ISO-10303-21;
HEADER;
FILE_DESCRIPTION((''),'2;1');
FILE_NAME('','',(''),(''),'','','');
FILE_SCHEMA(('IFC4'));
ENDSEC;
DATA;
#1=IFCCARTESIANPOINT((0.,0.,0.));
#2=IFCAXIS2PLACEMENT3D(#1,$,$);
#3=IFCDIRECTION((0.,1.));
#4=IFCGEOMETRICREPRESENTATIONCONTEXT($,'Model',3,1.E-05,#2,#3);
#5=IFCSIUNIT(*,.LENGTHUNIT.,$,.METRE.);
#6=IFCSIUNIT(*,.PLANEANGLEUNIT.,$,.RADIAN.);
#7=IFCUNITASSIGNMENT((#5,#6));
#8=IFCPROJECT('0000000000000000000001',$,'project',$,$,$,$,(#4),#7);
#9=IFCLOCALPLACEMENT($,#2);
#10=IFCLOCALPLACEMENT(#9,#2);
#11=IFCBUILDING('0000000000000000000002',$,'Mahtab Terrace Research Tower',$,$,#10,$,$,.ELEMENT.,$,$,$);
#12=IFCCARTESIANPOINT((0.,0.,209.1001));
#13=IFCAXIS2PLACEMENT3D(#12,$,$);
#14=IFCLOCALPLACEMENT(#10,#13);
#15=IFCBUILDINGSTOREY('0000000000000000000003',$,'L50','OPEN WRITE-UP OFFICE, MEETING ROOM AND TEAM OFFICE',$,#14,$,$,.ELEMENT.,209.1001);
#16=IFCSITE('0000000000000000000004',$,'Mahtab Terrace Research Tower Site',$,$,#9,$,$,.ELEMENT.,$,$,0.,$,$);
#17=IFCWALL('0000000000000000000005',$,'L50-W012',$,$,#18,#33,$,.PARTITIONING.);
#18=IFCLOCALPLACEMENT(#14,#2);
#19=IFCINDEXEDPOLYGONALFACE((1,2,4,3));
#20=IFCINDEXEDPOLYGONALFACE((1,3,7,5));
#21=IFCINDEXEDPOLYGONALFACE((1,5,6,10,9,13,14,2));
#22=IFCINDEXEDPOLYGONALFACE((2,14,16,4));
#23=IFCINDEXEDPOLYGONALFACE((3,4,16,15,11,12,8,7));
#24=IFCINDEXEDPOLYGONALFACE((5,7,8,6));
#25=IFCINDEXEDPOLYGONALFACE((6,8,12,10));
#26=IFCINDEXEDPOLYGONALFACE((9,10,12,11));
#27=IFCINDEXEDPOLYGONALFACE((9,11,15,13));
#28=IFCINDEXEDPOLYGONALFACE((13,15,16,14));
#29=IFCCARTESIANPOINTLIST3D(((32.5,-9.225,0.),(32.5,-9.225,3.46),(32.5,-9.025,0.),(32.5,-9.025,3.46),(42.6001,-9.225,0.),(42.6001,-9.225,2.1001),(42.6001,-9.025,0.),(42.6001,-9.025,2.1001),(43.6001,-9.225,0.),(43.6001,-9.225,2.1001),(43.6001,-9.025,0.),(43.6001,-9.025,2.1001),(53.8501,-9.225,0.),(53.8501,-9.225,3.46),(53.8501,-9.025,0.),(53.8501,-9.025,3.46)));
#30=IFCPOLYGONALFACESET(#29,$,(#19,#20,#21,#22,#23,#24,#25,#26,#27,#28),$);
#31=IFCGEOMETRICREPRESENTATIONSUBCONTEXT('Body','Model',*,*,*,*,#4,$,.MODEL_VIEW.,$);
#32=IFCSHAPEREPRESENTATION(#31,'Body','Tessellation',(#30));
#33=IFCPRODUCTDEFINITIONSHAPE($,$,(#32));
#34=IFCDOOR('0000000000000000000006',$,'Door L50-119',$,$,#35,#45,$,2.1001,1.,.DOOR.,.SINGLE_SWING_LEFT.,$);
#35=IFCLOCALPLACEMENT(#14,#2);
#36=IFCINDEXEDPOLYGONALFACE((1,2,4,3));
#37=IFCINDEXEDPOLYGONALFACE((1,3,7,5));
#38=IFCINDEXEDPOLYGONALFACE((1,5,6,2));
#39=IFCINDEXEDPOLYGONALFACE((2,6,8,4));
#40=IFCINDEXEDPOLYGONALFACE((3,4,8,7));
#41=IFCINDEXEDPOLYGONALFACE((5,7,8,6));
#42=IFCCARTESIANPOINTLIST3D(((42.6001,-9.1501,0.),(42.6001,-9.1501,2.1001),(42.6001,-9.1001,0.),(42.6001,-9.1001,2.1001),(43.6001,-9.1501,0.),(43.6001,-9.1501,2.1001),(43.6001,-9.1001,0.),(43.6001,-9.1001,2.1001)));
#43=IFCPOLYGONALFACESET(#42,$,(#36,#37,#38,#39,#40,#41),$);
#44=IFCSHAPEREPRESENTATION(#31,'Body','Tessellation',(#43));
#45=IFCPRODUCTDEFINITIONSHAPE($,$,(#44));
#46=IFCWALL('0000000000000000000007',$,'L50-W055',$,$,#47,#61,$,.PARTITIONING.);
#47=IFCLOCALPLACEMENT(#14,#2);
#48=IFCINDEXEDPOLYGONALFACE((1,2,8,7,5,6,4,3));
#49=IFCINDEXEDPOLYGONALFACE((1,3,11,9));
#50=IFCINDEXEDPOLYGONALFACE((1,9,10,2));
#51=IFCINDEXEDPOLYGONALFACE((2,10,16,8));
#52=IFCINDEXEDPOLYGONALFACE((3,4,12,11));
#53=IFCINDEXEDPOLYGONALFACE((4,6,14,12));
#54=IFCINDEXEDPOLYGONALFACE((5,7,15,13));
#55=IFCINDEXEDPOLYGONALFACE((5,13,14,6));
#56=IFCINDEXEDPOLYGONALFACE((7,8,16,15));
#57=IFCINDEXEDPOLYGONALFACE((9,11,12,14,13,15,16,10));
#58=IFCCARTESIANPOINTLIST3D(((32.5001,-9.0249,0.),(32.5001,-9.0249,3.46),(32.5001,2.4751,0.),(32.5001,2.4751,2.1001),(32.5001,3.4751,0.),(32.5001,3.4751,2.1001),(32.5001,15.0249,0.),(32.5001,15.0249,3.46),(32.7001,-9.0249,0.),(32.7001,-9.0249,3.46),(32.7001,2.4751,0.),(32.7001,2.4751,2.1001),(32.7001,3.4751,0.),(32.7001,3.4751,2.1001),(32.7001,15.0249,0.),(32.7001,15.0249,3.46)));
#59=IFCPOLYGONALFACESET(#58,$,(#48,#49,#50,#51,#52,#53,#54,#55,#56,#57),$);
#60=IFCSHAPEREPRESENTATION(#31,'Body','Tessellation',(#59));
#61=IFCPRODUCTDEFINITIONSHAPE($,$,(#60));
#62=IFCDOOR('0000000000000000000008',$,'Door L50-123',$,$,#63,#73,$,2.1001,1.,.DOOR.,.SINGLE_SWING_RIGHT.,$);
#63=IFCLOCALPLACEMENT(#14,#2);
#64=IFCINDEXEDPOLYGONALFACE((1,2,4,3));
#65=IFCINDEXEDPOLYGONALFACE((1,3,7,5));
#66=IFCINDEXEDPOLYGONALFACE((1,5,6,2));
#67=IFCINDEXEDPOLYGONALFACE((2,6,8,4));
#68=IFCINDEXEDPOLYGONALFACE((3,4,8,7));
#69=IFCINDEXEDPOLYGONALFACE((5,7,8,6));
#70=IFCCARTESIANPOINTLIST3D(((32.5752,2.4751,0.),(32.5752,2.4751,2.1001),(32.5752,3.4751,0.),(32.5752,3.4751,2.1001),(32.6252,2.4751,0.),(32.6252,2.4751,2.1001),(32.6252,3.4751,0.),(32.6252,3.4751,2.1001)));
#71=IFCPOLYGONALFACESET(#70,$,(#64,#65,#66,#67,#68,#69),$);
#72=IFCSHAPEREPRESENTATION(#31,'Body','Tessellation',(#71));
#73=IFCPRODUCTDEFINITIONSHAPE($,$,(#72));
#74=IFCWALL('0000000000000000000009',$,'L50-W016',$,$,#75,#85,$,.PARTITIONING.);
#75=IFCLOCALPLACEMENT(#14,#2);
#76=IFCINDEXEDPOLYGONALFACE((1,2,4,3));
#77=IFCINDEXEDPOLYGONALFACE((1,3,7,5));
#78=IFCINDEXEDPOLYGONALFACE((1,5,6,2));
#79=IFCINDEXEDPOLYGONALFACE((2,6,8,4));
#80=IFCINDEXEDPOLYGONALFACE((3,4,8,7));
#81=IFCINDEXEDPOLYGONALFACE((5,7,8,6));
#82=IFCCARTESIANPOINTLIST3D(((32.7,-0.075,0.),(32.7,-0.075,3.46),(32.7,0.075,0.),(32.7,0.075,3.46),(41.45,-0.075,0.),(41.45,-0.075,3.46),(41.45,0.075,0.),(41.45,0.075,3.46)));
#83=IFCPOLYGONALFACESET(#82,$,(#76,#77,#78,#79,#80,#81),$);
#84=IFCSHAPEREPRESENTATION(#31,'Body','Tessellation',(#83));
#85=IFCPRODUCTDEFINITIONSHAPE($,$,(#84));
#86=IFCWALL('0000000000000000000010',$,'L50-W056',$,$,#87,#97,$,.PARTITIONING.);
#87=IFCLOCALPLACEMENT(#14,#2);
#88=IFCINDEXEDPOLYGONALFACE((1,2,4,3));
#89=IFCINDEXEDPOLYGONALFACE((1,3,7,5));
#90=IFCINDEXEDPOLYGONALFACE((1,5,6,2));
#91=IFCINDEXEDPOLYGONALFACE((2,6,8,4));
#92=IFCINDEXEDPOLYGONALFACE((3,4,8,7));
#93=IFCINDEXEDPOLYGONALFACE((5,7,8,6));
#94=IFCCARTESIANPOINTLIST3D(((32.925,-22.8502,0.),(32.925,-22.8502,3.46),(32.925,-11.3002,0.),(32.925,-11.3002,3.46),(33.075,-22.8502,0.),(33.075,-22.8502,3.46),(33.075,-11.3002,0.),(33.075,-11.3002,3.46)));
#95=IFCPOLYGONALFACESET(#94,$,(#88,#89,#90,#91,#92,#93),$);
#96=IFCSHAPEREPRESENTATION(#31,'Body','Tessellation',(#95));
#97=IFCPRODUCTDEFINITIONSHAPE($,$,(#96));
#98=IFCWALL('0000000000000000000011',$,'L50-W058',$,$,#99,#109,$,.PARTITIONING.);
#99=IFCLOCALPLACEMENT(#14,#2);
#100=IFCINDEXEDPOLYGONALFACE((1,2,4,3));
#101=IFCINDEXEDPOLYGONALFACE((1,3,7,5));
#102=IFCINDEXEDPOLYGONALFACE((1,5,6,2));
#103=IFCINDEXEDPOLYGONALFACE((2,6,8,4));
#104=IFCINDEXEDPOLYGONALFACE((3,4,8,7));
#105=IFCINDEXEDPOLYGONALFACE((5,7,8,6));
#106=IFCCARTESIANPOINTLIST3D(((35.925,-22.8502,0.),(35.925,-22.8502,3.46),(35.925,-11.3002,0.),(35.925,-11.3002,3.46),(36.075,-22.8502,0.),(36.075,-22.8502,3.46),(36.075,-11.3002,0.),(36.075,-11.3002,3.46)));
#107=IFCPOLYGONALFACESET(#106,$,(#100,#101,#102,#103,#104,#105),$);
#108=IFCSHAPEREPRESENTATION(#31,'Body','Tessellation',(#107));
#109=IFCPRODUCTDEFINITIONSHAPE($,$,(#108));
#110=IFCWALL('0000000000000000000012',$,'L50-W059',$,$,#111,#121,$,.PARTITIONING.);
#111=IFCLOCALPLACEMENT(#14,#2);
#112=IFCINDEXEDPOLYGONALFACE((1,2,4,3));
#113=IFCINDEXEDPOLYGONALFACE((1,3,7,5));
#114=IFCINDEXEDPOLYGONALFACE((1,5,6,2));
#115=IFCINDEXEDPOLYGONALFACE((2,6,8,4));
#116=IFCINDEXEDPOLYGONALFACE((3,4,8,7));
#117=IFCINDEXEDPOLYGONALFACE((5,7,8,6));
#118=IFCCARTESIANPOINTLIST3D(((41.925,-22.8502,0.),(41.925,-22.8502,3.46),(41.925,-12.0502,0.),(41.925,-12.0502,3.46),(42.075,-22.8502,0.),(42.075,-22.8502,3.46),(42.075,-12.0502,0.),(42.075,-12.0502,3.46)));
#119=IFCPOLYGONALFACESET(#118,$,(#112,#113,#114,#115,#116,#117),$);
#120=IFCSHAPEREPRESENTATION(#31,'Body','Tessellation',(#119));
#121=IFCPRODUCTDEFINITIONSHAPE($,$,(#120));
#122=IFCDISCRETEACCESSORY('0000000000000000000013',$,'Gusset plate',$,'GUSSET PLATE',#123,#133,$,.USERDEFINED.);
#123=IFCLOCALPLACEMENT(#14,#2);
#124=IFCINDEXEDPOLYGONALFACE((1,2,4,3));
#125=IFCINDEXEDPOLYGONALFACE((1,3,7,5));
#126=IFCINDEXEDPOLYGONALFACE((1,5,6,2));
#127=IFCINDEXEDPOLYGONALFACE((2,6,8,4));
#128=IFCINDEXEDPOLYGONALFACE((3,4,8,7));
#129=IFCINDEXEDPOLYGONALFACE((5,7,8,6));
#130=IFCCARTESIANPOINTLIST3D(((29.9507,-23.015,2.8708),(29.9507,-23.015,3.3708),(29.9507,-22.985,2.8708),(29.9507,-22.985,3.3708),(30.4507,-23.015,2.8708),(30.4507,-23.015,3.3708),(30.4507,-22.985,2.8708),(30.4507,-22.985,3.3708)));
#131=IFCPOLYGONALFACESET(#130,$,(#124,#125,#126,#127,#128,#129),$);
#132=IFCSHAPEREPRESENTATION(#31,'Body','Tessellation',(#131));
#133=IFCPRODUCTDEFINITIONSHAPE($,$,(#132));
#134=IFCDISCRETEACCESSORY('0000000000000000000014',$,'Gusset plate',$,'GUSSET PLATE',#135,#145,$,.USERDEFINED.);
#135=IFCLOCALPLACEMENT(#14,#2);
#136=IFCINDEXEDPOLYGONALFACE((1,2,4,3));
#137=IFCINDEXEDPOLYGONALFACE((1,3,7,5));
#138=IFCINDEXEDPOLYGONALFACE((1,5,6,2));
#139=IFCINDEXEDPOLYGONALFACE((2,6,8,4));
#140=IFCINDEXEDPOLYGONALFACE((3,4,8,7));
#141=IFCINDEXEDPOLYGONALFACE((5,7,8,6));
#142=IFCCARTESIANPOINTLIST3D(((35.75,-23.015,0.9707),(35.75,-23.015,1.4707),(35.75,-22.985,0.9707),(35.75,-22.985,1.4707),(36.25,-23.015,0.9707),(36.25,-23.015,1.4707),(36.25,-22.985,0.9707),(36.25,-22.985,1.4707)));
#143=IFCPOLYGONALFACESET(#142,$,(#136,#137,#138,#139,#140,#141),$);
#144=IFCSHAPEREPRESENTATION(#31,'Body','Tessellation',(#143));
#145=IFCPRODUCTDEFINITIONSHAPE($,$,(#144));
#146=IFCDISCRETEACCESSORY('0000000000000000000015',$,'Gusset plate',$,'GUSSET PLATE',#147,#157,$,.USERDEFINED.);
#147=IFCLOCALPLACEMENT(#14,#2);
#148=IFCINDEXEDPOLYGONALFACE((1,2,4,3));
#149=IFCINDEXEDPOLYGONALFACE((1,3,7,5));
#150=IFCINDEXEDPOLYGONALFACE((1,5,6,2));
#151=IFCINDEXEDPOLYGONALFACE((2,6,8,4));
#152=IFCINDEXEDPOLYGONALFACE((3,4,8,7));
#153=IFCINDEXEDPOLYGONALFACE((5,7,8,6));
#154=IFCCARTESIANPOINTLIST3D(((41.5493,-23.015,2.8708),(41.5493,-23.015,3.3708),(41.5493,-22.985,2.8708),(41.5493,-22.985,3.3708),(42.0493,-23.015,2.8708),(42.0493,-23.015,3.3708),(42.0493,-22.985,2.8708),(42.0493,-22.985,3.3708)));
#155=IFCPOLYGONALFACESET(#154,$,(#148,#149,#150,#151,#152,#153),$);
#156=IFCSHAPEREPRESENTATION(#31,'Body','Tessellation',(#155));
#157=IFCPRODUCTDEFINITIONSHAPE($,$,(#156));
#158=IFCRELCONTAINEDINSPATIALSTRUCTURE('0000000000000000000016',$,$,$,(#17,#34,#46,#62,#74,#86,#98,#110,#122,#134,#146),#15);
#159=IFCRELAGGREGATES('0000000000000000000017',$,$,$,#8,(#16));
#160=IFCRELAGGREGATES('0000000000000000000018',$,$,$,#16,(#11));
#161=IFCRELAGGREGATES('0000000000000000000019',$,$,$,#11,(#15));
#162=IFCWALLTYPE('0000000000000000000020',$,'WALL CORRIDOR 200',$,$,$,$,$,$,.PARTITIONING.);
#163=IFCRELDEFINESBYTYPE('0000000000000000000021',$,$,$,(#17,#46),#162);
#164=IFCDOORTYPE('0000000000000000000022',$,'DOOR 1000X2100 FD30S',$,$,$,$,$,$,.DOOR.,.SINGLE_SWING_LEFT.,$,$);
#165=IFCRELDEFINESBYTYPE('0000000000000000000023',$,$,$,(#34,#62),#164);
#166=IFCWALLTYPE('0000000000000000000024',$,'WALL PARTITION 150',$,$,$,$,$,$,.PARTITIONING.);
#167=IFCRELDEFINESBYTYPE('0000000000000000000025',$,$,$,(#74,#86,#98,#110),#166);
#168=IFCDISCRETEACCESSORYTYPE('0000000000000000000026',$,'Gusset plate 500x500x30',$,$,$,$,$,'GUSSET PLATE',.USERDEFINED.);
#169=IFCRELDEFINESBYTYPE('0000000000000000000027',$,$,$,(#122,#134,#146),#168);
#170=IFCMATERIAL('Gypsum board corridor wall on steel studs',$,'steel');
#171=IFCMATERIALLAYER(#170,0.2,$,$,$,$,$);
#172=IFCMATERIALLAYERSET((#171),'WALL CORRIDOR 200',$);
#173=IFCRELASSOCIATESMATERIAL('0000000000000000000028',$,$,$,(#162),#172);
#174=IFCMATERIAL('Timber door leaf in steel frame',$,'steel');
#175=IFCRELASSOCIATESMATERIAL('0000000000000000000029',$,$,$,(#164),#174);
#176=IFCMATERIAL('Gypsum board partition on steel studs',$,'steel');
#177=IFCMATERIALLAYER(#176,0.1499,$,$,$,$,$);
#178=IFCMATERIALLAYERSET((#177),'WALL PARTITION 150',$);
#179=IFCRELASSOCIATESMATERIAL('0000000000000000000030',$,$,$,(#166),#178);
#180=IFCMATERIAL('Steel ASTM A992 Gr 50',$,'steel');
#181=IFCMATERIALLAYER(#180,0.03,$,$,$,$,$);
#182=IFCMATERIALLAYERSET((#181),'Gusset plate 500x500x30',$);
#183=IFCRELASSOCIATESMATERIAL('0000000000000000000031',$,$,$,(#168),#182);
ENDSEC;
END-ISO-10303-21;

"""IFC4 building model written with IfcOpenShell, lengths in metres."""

from ifc_helpers import new_model, si_unit, direction, frame, frame_2d, origin, origin_2d, place, context, subcontext, project, spatial, rectangle, extrude, material, layer, layer_set, type_object, element, fill, save


model = new_model("IFC4")

# Units and contexts
model_context = context("Model", 3, precision=1e-05, world=origin(), true_north=direction((0.0, 1.0)))
body_context = subcontext(model_context, "Body", "Model", "MODEL_VIEW")
ifc_project = project(units=[si_unit("LENGTHUNIT", "METRE"), si_unit("PLANEANGLEUNIT", "RADIAN")], contexts=[model_context])

# Site, building, storey
site_placement = place(None, origin())
site = spatial("IfcSite", under=ifc_project, at=site_placement, Name="Mahtab Terrace Research Tower Site", CompositionType="ELEMENT", RefElevation=0.0)
building_placement = place(site_placement, origin())
building = spatial("IfcBuilding", under=site, at=building_placement, Name="Mahtab Terrace Research Tower", CompositionType="ELEMENT")
storey_placement = place(building_placement, frame((0.0, 0.0, 209.1001)))
storey = spatial("IfcBuildingStorey", under=building, at=storey_placement, Name="L50", Description="OPEN WRITE-UP OFFICE, MEETING ROOM AND TEAM OFFICE", CompositionType="ELEMENT", Elevation=209.1001)

# Shared definitions
ifc_material_1 = material(Name="Steel ASTM A992 Gr 50", Category="steel")

# Shared definitions
ifc_material_2 = material(Name="Gypsum board corridor wall on steel studs", Category="steel")
ifc_layer_1 = layer(ifc_material_2, 0.2)
ifc_layer_set_1 = layer_set([ifc_layer_1], Name="WALL CORRIDOR 200")
wall_type_1 = type_object("IfcWallType", Name="WALL CORRIDOR 200", PredefinedType="PARTITIONING", material=ifc_layer_set_1)
ifc_material_3 = material(Name="Timber door leaf in steel frame", Category="steel")
door_type_1 = type_object("IfcDoorType", Name="DOOR 1000X2100 FD30S", OperationType="SINGLE_SWING_LEFT", PredefinedType="DOOR", material=ifc_material_3)

# Walls, openings, doors
wall_1_placement = place(storey_placement, frame((32.5, -9.125, 0.0), z_axis=(0.0, 0.0, 1.0), x_axis=(1.0, 0.0, 0.0)))
wall_1 = element("IfcWall", 1, at=wall_1_placement, inside=storey, type_object=wall_type_1, Name="L50-W012", PredefinedType="PARTITIONING", context=body_context, shape_type="SweptSolid", body=[
    extrude(rectangle(XDim=21.3501, YDim=0.2, at=frame_2d((10.675, 0.0))), origin(), (0.0, 0.0, 1.0), 3.46),
])
opening_1_placement = place(wall_1_placement, frame((10.1001, 0.0, 0.0)))
opening_1 = element("IfcOpeningElement", 2, at=opening_1_placement, cuts=wall_1, PredefinedType="OPENING", context=body_context, shape_type="SweptSolid", body=[
    extrude(rectangle(XDim=1.0, YDim=2.1001, at=frame_2d((0.5, 1.05))), frame((0.0, 0.1099, 0.0), z_axis=(0.0, -1.0, 0.0), x_axis=(1.0, 0.0, 0.0)), (0.0, 0.0, 1.0), 0.22),
])
door_1_placement = place(opening_1_placement, origin())
door_1 = element("IfcDoor", 3, at=door_1_placement, inside=storey, type_object=door_type_1, Name="Door L50-119", OperationType="SINGLE_SWING_LEFT", OverallHeight=2.1001, OverallWidth=1.0, PredefinedType="DOOR", context=body_context, shape_type="SweptSolid", body=[
    extrude(rectangle(XDim=1.0, YDim=2.1001, at=frame_2d((0.5, 1.05))), frame((0.0, 0.0249, 0.0), z_axis=(0.0, -1.0, 0.0), x_axis=(1.0, 0.0, 0.0)), (0.0, 0.0, 1.0), 0.05),
])
fill(opening_1, door_1)
wall_2_placement = place(storey_placement, frame((32.6001, -9.0249, 0.0), z_axis=(0.0, 0.0, 1.0), x_axis=(0.0, 1.0, 0.0)))
wall_2 = element("IfcWall", 4, at=wall_2_placement, inside=storey, type_object=wall_type_1, Name="L50-W055", PredefinedType="PARTITIONING", context=body_context, shape_type="SweptSolid", body=[
    extrude(rectangle(XDim=24.0498, YDim=0.2, at=frame_2d((12.0249, 0.0))), origin(), (0.0, 0.0, 1.0), 3.46),
])
opening_2_placement = place(wall_2_placement, frame((11.5, 0.0, 0.0)))
opening_2 = element("IfcOpeningElement", 5, at=opening_2_placement, cuts=wall_2, PredefinedType="OPENING", context=body_context, shape_type="SweptSolid", body=[
    extrude(rectangle(XDim=1.0, YDim=2.1001, at=frame_2d((0.5, 1.05))), frame((0.0, 0.1099, 0.0), z_axis=(0.0, -1.0, 0.0), x_axis=(1.0, 0.0, 0.0)), (0.0, 0.0, 1.0), 0.22),
])
door_2_placement = place(opening_2_placement, origin())
door_2 = element("IfcDoor", 6, at=door_2_placement, inside=storey, type_object=door_type_1, Name="Door L50-123", OperationType="SINGLE_SWING_RIGHT", OverallHeight=2.1001, OverallWidth=1.0, PredefinedType="DOOR", context=body_context, shape_type="SweptSolid", body=[
    extrude(rectangle(XDim=1.0, YDim=2.1001, at=frame_2d((0.5, 1.05))), frame((0.0, 0.0249, 0.0), z_axis=(0.0, -1.0, 0.0), x_axis=(1.0, 0.0, 0.0)), (0.0, 0.0, 1.0), 0.05),
])
fill(opening_2, door_2)

# Walls
ifc_material_4 = material(Name="Gypsum board partition on steel studs", Category="steel")
ifc_layer_2 = layer(ifc_material_4, 0.1499)
ifc_layer_set_2 = layer_set([ifc_layer_2], Name="WALL PARTITION 150")
wall_type_2 = type_object("IfcWallType", Name="WALL PARTITION 150", PredefinedType="PARTITIONING", material=ifc_layer_set_2)
wall_3_placement = place(storey_placement, frame((32.7, 0.0, 0.0), z_axis=(0.0, 0.0, 1.0), x_axis=(1.0, 0.0, 0.0)))
element("IfcWall", 7, at=wall_3_placement, inside=storey, type_object=wall_type_2, Name="L50-W016", PredefinedType="PARTITIONING", context=body_context, shape_type="SweptSolid", body=[
    extrude(rectangle(XDim=8.75, YDim=0.1499, at=frame_2d((4.375, 0.0))), origin(), (0.0, 0.0, 1.0), 3.46),
])
for number, where, z_axis, x_axis, name in (
    (8, (33.0, -22.8501, 0.0), (0.0, 0.0, 1.0), (0.0, 1.0, 0.0), "L50-W056"),
    (9, (36.0, -22.8501, 0.0), (0.0, 0.0, 1.0), (0.0, 1.0, 0.0), "L50-W058"),
):
    element("IfcWall", number, at=place(storey_placement, frame(where, z_axis=z_axis, x_axis=x_axis)), inside=storey, type_object=wall_type_2, Name=name, PredefinedType="PARTITIONING", context=body_context, shape_type="SweptSolid", body=[
        extrude(rectangle(XDim=11.55, YDim=0.1499, at=frame_2d((5.7749, 0.0))), origin(), (0.0, 0.0, 1.0), 3.46),
    ])
wall_4_placement = place(storey_placement, frame((42.0, -22.8501, 0.0), z_axis=(0.0, 0.0, 1.0), x_axis=(0.0, 1.0, 0.0)))
element("IfcWall", 10, at=wall_4_placement, inside=storey, type_object=wall_type_2, Name="L50-W059", PredefinedType="PARTITIONING", context=body_context, shape_type="SweptSolid", body=[
    extrude(rectangle(XDim=10.8, YDim=0.1499, at=frame_2d((5.3999, 0.0))), origin(), (0.0, 0.0, 1.0), 3.46),
])

# Discrete accessories
ifc_layer_3 = layer(ifc_material_1, 0.03)
ifc_layer_set_3 = layer_set([ifc_layer_3], Name="Gusset plate 500x500x30")
discrete_accessory_type = type_object("IfcDiscreteAccessoryType", Name="Gusset plate 500x500x30", ElementType="GUSSET PLATE", PredefinedType="USERDEFINED", material=ifc_layer_set_3)
for number, where, z_axis, x_axis, name in (
    (11, (30.2007, -23.0, 2.8708), (0.0, 0.0, 1.0), (1.0, 0.0, 0.0), "Gusset plate"),
    (12, (36.0, -23.0, 0.9707), (0.0, 0.0, 1.0), (1.0, 0.0, 0.0), "Gusset plate"),
    (13, (41.7993, -23.0, 2.8708), (0.0, 0.0, 1.0), (1.0, 0.0, 0.0), "Gusset plate"),
):
    element("IfcDiscreteAccessory", number, at=place(storey_placement, frame(where, z_axis=z_axis, x_axis=x_axis)), inside=storey, type_object=discrete_accessory_type, Name=name, ObjectType="GUSSET PLATE", PredefinedType="USERDEFINED", context=body_context, shape_type="SweptSolid", body=[
        extrude(rectangle(XDim=0.5, YDim=0.03, at=origin_2d()), origin(), (0.0, 0.0, 1.0), 0.5),
    ])

save(model, "model.ifc")
